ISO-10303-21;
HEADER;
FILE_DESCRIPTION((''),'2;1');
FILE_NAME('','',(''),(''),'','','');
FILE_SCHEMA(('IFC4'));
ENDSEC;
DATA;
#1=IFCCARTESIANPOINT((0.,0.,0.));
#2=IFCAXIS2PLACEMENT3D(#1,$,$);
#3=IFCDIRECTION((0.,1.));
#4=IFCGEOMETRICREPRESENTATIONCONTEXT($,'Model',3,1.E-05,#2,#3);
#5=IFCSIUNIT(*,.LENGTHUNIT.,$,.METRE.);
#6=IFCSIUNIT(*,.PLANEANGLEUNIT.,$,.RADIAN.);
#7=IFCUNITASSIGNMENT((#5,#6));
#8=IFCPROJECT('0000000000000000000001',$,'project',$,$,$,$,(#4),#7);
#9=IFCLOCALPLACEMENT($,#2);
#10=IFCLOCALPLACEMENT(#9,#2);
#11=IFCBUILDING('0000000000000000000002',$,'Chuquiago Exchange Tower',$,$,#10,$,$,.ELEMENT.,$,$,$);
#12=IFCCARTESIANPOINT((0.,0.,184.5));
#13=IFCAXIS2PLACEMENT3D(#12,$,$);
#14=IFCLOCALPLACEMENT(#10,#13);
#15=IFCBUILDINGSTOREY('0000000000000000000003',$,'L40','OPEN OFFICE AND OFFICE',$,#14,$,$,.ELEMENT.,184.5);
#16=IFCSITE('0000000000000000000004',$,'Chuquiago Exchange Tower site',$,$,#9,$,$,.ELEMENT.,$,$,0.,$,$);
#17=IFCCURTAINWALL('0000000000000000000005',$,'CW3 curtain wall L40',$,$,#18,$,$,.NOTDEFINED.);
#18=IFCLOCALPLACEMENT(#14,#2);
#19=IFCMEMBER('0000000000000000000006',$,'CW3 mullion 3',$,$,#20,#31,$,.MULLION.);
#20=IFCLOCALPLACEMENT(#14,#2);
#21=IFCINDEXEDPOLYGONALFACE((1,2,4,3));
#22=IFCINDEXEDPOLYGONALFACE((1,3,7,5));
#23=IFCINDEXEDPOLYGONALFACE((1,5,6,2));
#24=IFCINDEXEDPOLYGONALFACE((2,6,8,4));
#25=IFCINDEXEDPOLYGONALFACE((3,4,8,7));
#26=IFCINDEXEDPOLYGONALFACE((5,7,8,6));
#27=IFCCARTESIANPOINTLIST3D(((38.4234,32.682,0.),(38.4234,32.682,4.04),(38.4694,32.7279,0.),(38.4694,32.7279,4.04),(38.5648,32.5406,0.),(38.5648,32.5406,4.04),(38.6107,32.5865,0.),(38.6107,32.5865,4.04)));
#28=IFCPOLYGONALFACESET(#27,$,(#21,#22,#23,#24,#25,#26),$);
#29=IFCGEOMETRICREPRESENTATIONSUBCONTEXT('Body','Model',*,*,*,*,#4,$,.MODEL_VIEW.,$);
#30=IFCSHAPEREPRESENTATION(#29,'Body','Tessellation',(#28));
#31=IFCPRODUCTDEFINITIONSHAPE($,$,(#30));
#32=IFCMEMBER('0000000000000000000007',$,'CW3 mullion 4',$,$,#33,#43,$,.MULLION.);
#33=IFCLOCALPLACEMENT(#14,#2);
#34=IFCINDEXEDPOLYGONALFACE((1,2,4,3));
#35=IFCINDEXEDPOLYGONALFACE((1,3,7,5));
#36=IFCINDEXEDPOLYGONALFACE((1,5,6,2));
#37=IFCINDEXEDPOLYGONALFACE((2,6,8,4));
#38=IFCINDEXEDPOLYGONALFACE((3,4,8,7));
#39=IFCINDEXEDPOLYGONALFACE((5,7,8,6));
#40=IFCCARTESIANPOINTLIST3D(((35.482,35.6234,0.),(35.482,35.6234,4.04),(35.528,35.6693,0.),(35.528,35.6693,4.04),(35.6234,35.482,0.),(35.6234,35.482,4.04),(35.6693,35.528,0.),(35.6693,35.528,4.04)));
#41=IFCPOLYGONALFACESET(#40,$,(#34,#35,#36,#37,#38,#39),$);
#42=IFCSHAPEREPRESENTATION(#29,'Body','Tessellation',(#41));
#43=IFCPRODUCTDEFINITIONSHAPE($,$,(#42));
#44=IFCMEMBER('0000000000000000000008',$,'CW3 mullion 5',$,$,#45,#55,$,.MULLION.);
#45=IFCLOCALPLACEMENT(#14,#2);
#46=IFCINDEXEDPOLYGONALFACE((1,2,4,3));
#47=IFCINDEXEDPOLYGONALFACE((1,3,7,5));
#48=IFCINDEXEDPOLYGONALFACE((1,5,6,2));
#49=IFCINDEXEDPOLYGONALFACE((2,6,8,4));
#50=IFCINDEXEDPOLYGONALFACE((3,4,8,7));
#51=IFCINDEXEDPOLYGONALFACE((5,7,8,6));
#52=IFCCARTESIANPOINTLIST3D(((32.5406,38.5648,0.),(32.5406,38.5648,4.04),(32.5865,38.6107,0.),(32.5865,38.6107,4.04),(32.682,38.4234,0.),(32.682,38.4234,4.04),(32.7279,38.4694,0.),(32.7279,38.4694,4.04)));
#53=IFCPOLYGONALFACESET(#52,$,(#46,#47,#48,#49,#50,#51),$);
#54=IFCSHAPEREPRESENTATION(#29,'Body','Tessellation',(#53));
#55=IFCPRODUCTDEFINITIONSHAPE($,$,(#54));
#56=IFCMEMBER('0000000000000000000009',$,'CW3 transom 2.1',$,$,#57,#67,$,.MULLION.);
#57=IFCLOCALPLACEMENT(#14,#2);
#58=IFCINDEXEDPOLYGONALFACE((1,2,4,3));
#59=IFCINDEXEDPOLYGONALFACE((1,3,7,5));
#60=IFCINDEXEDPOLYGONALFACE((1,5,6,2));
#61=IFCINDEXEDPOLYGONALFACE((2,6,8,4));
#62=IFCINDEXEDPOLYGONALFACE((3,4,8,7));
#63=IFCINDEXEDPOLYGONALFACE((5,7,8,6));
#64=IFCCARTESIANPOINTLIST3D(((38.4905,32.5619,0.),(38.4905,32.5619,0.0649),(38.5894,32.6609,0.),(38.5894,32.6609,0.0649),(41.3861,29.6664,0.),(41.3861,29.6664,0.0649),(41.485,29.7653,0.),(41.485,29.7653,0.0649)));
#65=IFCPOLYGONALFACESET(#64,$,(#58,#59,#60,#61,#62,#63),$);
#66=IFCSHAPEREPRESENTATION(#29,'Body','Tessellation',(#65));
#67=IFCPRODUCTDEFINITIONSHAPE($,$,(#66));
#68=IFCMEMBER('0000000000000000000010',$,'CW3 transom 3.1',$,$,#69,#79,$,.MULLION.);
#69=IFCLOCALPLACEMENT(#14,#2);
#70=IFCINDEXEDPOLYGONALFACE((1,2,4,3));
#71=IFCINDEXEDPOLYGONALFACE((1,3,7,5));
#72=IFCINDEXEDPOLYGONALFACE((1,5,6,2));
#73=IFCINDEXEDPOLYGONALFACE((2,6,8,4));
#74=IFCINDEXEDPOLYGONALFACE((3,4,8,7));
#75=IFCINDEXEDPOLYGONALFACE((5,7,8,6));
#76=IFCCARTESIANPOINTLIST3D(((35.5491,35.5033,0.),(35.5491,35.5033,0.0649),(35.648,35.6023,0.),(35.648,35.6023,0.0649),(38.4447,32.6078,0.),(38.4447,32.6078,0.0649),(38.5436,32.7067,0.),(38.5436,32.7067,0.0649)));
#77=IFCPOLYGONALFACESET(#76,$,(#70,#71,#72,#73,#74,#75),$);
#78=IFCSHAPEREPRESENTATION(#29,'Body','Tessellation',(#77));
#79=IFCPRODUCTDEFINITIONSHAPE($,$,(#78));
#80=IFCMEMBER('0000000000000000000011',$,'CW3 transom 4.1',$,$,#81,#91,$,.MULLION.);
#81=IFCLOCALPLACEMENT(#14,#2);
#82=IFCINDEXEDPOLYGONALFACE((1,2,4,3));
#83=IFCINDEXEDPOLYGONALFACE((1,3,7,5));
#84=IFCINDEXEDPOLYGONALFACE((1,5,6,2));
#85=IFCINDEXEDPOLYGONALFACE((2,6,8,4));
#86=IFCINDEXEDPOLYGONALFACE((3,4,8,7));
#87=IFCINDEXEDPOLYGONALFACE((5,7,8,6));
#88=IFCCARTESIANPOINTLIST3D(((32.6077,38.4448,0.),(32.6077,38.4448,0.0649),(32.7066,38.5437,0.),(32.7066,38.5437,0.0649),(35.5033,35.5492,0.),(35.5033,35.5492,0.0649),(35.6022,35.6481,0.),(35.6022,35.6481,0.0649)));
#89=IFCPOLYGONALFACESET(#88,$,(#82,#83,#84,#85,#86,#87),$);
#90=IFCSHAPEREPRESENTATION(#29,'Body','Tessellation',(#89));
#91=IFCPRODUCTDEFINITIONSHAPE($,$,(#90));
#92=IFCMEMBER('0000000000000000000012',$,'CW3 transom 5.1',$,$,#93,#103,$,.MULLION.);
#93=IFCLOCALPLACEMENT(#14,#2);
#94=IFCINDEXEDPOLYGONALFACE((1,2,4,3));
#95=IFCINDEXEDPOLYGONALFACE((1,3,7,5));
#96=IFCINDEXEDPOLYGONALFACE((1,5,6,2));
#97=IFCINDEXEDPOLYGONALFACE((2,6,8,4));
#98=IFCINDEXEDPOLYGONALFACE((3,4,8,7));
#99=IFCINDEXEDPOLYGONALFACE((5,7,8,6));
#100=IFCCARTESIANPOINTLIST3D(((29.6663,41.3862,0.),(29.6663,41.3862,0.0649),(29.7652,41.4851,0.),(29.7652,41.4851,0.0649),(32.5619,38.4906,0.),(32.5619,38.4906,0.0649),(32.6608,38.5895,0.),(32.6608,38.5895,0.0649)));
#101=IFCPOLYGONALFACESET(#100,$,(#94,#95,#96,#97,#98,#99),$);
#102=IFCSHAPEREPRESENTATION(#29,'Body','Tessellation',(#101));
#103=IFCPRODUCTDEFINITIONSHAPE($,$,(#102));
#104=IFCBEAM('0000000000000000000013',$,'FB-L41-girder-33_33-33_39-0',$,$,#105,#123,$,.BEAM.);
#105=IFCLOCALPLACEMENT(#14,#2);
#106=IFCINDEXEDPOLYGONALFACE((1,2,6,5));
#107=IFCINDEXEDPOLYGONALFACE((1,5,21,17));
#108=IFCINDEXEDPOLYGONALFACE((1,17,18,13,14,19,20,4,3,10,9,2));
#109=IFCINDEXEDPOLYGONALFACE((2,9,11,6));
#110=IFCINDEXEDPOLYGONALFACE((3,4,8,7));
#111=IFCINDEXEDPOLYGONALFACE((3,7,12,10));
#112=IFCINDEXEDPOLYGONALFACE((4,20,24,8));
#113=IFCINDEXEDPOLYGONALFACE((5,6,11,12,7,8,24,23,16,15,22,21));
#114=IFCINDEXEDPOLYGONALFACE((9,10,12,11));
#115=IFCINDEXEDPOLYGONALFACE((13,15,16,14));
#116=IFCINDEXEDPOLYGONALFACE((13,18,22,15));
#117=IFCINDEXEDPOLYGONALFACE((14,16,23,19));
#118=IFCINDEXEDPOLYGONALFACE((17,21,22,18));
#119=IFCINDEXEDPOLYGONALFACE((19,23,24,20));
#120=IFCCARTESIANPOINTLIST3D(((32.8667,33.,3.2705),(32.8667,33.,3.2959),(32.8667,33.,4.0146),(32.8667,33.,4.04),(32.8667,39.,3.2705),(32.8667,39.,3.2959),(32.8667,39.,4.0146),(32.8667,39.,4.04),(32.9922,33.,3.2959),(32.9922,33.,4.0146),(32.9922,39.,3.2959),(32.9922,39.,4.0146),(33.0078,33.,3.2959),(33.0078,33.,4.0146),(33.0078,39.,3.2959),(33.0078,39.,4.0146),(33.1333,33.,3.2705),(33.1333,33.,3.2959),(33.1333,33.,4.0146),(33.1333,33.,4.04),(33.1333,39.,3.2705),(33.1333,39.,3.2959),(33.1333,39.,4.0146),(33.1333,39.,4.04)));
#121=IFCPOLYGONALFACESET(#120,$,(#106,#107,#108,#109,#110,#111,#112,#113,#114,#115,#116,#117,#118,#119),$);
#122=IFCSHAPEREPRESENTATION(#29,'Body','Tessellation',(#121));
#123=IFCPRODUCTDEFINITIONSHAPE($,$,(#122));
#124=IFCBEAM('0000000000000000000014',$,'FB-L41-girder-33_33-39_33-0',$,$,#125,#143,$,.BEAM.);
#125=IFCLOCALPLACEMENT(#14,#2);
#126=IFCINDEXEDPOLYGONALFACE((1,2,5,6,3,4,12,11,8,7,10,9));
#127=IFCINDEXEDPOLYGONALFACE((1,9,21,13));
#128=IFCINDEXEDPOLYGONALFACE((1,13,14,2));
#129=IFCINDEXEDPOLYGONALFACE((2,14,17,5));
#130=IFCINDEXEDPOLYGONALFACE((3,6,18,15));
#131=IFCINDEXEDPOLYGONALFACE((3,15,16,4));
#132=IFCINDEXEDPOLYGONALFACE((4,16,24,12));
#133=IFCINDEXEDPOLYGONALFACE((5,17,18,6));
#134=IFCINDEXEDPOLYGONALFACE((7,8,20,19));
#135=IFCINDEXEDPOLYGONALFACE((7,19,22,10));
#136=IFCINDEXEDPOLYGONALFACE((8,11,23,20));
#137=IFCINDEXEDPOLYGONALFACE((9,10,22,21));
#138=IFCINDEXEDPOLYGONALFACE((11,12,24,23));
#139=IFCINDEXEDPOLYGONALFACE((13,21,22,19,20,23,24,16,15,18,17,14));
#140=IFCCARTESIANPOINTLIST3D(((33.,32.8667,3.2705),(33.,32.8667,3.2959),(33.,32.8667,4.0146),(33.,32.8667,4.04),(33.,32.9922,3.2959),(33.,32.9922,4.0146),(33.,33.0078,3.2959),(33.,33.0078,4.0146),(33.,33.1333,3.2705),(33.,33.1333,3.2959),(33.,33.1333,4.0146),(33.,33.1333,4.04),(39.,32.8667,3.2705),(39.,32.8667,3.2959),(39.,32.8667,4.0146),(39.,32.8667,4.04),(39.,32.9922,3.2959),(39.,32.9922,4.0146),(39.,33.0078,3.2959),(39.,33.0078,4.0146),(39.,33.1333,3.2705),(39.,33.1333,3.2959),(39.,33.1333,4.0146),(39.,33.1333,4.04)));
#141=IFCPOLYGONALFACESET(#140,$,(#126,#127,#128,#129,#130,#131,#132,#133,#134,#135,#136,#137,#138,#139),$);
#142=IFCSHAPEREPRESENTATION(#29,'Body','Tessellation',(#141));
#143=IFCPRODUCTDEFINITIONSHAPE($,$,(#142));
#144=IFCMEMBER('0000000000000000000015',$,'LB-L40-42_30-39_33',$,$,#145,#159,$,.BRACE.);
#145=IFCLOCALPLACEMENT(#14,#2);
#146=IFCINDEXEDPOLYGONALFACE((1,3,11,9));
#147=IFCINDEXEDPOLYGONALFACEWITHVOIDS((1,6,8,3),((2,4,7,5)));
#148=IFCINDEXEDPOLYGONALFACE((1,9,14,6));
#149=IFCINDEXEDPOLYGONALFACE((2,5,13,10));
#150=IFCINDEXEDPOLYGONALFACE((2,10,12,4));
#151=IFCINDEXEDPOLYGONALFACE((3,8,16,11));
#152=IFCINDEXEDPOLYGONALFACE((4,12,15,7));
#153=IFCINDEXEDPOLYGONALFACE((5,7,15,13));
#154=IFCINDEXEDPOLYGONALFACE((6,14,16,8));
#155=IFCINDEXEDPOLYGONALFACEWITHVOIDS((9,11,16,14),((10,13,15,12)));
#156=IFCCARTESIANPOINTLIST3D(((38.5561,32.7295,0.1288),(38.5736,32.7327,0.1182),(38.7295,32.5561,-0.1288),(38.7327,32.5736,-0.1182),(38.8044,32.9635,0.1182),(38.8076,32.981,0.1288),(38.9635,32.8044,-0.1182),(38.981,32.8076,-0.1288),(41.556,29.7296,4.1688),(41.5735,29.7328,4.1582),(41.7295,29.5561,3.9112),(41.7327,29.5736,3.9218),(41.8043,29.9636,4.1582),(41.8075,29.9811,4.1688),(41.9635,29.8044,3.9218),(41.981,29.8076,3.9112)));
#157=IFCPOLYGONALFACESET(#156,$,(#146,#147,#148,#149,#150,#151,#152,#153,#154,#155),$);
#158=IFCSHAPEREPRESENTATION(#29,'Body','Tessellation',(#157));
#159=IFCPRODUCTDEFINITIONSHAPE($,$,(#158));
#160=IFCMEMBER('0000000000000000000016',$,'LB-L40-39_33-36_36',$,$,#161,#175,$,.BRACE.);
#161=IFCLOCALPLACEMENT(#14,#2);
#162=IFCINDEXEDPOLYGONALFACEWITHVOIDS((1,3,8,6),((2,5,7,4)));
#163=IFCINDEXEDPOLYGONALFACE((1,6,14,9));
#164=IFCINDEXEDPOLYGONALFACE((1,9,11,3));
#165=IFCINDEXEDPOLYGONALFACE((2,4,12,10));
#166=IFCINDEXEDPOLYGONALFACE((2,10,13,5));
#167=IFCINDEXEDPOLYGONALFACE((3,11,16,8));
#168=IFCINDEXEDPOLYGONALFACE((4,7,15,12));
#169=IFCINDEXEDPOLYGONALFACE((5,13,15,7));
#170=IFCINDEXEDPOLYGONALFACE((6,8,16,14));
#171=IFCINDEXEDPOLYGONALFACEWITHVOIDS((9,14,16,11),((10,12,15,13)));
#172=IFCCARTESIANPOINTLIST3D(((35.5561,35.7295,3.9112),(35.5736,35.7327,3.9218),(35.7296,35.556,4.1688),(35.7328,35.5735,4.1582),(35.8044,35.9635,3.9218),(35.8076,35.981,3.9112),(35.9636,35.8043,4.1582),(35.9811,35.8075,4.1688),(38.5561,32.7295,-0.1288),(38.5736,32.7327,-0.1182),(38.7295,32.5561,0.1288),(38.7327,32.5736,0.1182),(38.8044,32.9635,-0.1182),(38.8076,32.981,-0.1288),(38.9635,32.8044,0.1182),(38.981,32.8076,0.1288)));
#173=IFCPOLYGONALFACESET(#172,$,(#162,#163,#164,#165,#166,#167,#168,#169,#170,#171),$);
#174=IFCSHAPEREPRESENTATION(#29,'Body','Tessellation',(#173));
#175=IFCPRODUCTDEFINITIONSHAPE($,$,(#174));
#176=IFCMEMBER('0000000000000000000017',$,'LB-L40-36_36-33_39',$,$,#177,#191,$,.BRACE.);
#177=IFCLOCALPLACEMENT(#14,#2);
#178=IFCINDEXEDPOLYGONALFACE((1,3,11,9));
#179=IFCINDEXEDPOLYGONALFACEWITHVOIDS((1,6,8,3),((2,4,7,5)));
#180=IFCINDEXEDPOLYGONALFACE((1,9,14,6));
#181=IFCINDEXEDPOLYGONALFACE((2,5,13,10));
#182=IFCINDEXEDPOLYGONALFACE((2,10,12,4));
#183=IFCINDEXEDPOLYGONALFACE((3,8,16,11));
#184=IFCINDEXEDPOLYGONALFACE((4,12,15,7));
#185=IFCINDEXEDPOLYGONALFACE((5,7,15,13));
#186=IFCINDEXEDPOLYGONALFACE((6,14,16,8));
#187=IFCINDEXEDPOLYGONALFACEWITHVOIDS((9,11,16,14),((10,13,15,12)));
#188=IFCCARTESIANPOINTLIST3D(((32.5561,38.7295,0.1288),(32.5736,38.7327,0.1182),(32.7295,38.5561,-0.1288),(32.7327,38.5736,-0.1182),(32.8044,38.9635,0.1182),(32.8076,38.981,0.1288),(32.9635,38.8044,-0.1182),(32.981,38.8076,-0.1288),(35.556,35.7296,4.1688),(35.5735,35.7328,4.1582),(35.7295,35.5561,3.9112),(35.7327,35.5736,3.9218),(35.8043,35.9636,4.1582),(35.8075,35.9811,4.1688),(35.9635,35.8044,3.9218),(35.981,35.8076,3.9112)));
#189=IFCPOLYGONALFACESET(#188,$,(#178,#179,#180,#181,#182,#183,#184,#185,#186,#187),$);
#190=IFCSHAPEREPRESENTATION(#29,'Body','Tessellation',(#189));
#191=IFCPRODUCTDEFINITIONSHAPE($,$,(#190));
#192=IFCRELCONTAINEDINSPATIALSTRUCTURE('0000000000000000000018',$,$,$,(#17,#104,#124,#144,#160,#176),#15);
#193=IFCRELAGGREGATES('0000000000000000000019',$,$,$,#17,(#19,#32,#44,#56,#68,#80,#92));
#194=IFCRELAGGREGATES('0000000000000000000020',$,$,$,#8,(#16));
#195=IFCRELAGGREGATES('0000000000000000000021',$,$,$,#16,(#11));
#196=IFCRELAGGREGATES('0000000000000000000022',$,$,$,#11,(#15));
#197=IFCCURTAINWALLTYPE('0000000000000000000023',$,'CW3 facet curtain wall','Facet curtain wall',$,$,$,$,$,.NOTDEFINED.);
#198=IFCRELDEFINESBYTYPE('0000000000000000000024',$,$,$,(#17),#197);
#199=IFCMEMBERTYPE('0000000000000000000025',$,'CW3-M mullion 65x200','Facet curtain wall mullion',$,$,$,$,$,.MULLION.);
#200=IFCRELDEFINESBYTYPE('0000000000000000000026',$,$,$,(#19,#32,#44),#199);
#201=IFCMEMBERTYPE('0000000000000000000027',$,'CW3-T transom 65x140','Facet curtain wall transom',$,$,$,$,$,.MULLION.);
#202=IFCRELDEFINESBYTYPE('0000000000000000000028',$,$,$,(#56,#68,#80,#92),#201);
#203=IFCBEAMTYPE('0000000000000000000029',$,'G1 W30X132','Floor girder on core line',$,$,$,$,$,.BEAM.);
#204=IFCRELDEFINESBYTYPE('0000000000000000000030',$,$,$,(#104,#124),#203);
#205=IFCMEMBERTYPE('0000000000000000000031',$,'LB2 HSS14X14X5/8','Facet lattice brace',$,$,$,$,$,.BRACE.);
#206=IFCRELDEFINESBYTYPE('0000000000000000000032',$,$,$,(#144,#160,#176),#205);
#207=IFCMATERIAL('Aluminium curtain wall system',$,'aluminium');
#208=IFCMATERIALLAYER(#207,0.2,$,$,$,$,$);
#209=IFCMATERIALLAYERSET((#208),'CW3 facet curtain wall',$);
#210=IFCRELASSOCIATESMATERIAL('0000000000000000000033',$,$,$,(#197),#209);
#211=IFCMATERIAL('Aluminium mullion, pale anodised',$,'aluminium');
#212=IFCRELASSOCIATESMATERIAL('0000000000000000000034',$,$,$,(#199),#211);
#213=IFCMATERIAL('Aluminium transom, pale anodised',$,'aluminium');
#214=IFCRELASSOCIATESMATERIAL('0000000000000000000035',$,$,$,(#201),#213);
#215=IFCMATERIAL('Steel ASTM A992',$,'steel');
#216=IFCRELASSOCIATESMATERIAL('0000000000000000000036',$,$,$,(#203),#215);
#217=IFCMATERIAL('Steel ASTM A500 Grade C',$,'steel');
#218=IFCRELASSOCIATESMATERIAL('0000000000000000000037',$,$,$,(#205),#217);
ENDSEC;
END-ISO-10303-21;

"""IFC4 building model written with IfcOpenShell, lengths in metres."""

from ifc_helpers import new_model, si_unit, direction, frame, origin, origin_2d, place, context, subcontext, project, spatial, rectangle, hollow_rectangle, i_section, extrude, material, layer, layer_set, material_profile, profile_set, type_object, element, aggregate, save


model = new_model("IFC4")

# Units and contexts
model_context = context("Model", 3, precision=1e-05, world=origin(), true_north=direction((0.0, 1.0)))
body_context = subcontext(model_context, "Body", "Model", "MODEL_VIEW")
ifc_project = project(units=[si_unit("LENGTHUNIT", "METRE"), si_unit("PLANEANGLEUNIT", "RADIAN")], contexts=[model_context])

# Site, building, storey
site_placement = place(None, origin())
site = spatial("IfcSite", under=ifc_project, at=site_placement, Name="Chuquiago Exchange Tower site", CompositionType="ELEMENT", RefElevation=0.0)
building_placement = place(site_placement, origin())
building = spatial("IfcBuilding", under=site, at=building_placement, Name="Chuquiago Exchange Tower", CompositionType="ELEMENT")
storey_placement = place(building_placement, frame((0.0, 0.0, 184.5)))
storey = spatial("IfcBuildingStorey", under=building, at=storey_placement, Name="L40", Description="OPEN OFFICE AND OFFICE", CompositionType="ELEMENT", Elevation=184.5)

# Curtain wall, members
ifc_material_1 = material(Name="Aluminium curtain wall system", Category="aluminium")
ifc_layer_1 = layer(ifc_material_1, 0.2)
ifc_layer_set_1 = layer_set([ifc_layer_1], Name="CW3 facet curtain wall")
curtain_wall_type = type_object("IfcCurtainWallType", Name="CW3 facet curtain wall", Description="Facet curtain wall", PredefinedType="NOTDEFINED", material=ifc_layer_set_1)
curtain_wall_placement = place(storey_placement, origin())
curtain_wall = element("IfcCurtainWall", 1, at=curtain_wall_placement, inside=storey, type_object=curtain_wall_type, Name="CW3 curtain wall L40", PredefinedType="NOTDEFINED")
ifc_material_2 = material(Name="Aluminium mullion, pale anodised", Category="aluminium")
ifc_material_profile_1 = material_profile(ifc_material_2, rectangle(XDim=0.0649, YDim=0.2, at=origin_2d()), Name="AL 65x200")
ifc_profile_set_1 = profile_set([ifc_material_profile_1], Name="Aluminium mullion, pale anodised")
member_type_1 = type_object("IfcMemberType", Name="CW3-M mullion 65x200", Description="Facet curtain wall mullion", PredefinedType="MULLION", material=ifc_profile_set_1)
member_1_placement = place(storey_placement, frame((38.5171, 32.6343, 0.0), z_axis=(0.0, 0.0, 1.0), x_axis=(-0.707107, -0.707107, 0.0)))
member_1 = element("IfcMember", 2, at=member_1_placement, type_object=member_type_1, Name="CW3 mullion 3", PredefinedType="MULLION", context=body_context, shape_type="SweptSolid", body=[
    extrude(rectangle(XDim=0.0649, YDim=0.2, at=origin_2d()), origin(), (0.0, 0.0, 1.0), 4.04),
])
member_2_placement = place(storey_placement, frame((35.5757, 35.5757, 0.0), z_axis=(0.0, 0.0, 1.0), x_axis=(-0.707107, -0.707107, 0.0)))
member_2 = element("IfcMember", 3, at=member_2_placement, type_object=member_type_1, Name="CW3 mullion 4", PredefinedType="MULLION", context=body_context, shape_type="SweptSolid", body=[
    extrude(rectangle(XDim=0.0649, YDim=0.2, at=origin_2d()), origin(), (0.0, 0.0, 1.0), 4.04),
])
member_3_placement = place(storey_placement, frame((32.6343, 38.5171, 0.0), z_axis=(0.0, 0.0, 1.0), x_axis=(-0.707107, -0.707107, 0.0)))
member_3 = element("IfcMember", 4, at=member_3_placement, type_object=member_type_1, Name="CW3 mullion 5", PredefinedType="MULLION", context=body_context, shape_type="SweptSolid", body=[
    extrude(rectangle(XDim=0.0649, YDim=0.2, at=origin_2d()), origin(), (0.0, 0.0, 1.0), 4.04),
])
ifc_material_3 = material(Name="Aluminium transom, pale anodised", Category="aluminium")
ifc_material_profile_2 = material_profile(ifc_material_3, rectangle(XDim=0.1399, YDim=0.0649, at=origin_2d()), Name="AL 140x65")
ifc_profile_set_2 = profile_set([ifc_material_profile_2], Name="Aluminium transom, pale anodised")
member_type_2 = type_object("IfcMemberType", Name="CW3-T transom 65x140", Description="Facet curtain wall transom", PredefinedType="MULLION", material=ifc_profile_set_2)
member_4_placement = place(storey_placement, frame((41.4355, 29.7158, 0.0325), z_axis=(-0.707107, 0.707107, 0.0), x_axis=(-0.707107, -0.707107, 0.0)))
member_4 = element("IfcMember", 5, at=member_4_placement, type_object=member_type_2, Name="CW3 transom 2.1", PredefinedType="MULLION", context=body_context, shape_type="SweptSolid", body=[
    extrude(rectangle(XDim=0.1399, YDim=0.0649, at=origin_2d()), origin(), (0.0, 0.0, 1.0), 4.095),
])
member_5_placement = place(storey_placement, frame((38.4941, 32.6572, 0.0325), z_axis=(-0.707107, 0.707107, 0.0), x_axis=(-0.707107, -0.707107, 0.0)))
member_5 = element("IfcMember", 6, at=member_5_placement, type_object=member_type_2, Name="CW3 transom 3.1", PredefinedType="MULLION", context=body_context, shape_type="SweptSolid", body=[
    extrude(rectangle(XDim=0.1399, YDim=0.0649, at=origin_2d()), origin(), (0.0, 0.0, 1.0), 4.095),
])
member_6_placement = place(storey_placement, frame((35.5527, 35.5986, 0.0325), z_axis=(-0.707107, 0.707107, 0.0), x_axis=(-0.707107, -0.707107, 0.0)))
member_6 = element("IfcMember", 7, at=member_6_placement, type_object=member_type_2, Name="CW3 transom 4.1", PredefinedType="MULLION", context=body_context, shape_type="SweptSolid", body=[
    extrude(rectangle(XDim=0.1399, YDim=0.0649, at=origin_2d()), origin(), (0.0, 0.0, 1.0), 4.095),
])
member_7_placement = place(storey_placement, frame((32.6113, 38.54, 0.0325), z_axis=(-0.707107, 0.707107, 0.0), x_axis=(-0.707107, -0.707107, 0.0)))
member_7 = element("IfcMember", 8, at=member_7_placement, type_object=member_type_2, Name="CW3 transom 5.1", PredefinedType="MULLION", context=body_context, shape_type="SweptSolid", body=[
    extrude(rectangle(XDim=0.1399, YDim=0.0649, at=origin_2d()), origin(), (0.0, 0.0, 1.0), 4.095),
])

# Beams
ifc_material_4 = material(Name="Steel ASTM A992", Category="steel")
ifc_material_profile_3 = material_profile(ifc_material_4, i_section(OverallWidth=0.2666, OverallDepth=0.7695, WebThickness=0.0156, FlangeThickness=0.0254, at=origin_2d()), Name="W30X132")
ifc_profile_set_3 = profile_set([ifc_material_profile_3], Name="Steel ASTM A992")
beam_type_1 = type_object("IfcBeamType", Name="G1 W30X132", Description="Floor girder on core line", PredefinedType="BEAM", material=ifc_profile_set_3)
for number, where, z_axis, x_axis, name in (
    (9, (33.0, 33.0, 3.6553), (0.0, 1.0, 0.0), (-1.0, 0.0, 0.0), "FB-L41-girder-33_33-33_39-0"),
    (10, (33.0, 33.0, 3.6553), (1.0, 0.0, 0.0), (0.0, 1.0, 0.0), "FB-L41-girder-33_33-39_33-0"),
):
    element("IfcBeam", number, at=place(storey_placement, frame(where, z_axis=z_axis, x_axis=x_axis)), inside=storey, type_object=beam_type_1, Name=name, PredefinedType="BEAM", context=body_context, shape_type="SweptSolid", body=[
        extrude(i_section(OverallWidth=0.2666, OverallDepth=0.7695, WebThickness=0.0156, FlangeThickness=0.0254, at=origin_2d()), origin(), (0.0, 0.0, 1.0), 6.0),
    ])

# Members
ifc_material_5 = material(Name="Steel ASTM A500 Grade C", Category="steel")
ifc_material_profile_4 = material_profile(ifc_material_5, hollow_rectangle(XDim=0.3557, YDim=0.3557, WallThickness=0.0146, at=origin_2d()), Name="HSS14X14X5/8")
ifc_profile_set_4 = profile_set([ifc_material_profile_4], Name="Steel ASTM A500 Grade C")
member_type_3 = type_object("IfcMemberType", Name="LB2 HSS14X14X5/8", Description="Facet lattice brace", PredefinedType="BRACE", material=ifc_profile_set_4)
for number, where, z_axis, x_axis, name in (
    (11, (38.7686, 32.7686, 0.0), (0.512077, -0.512077, 0.689604), (0.707107, 0.707107, 0.0), "LB-L40-42_30-39_33"),
    (12, (38.7686, 32.7686, 0.0), (-0.512077, 0.512077, 0.689604), (-0.707107, -0.707107, 0.0), "LB-L40-39_33-36_36"),
    (13, (32.7686, 38.7686, 0.0), (0.512077, -0.512077, 0.689604), (0.707107, 0.707107, 0.0), "LB-L40-36_36-33_39"),
):
    element("IfcMember", number, at=place(storey_placement, frame(where, z_axis=z_axis, x_axis=x_axis)), inside=storey, type_object=member_type_3, Name=name, PredefinedType="BRACE", context=body_context, shape_type="SweptSolid", body=[
        extrude(hollow_rectangle(XDim=0.3557, YDim=0.3557, WallThickness=0.0146, at=origin_2d()), origin(), (0.0, 0.0, 1.0), 5.8584),
    ])

aggregate(curtain_wall, [member_1, member_2, member_3, member_4, member_5, member_6, member_7])

save(model, "model.ifc")
